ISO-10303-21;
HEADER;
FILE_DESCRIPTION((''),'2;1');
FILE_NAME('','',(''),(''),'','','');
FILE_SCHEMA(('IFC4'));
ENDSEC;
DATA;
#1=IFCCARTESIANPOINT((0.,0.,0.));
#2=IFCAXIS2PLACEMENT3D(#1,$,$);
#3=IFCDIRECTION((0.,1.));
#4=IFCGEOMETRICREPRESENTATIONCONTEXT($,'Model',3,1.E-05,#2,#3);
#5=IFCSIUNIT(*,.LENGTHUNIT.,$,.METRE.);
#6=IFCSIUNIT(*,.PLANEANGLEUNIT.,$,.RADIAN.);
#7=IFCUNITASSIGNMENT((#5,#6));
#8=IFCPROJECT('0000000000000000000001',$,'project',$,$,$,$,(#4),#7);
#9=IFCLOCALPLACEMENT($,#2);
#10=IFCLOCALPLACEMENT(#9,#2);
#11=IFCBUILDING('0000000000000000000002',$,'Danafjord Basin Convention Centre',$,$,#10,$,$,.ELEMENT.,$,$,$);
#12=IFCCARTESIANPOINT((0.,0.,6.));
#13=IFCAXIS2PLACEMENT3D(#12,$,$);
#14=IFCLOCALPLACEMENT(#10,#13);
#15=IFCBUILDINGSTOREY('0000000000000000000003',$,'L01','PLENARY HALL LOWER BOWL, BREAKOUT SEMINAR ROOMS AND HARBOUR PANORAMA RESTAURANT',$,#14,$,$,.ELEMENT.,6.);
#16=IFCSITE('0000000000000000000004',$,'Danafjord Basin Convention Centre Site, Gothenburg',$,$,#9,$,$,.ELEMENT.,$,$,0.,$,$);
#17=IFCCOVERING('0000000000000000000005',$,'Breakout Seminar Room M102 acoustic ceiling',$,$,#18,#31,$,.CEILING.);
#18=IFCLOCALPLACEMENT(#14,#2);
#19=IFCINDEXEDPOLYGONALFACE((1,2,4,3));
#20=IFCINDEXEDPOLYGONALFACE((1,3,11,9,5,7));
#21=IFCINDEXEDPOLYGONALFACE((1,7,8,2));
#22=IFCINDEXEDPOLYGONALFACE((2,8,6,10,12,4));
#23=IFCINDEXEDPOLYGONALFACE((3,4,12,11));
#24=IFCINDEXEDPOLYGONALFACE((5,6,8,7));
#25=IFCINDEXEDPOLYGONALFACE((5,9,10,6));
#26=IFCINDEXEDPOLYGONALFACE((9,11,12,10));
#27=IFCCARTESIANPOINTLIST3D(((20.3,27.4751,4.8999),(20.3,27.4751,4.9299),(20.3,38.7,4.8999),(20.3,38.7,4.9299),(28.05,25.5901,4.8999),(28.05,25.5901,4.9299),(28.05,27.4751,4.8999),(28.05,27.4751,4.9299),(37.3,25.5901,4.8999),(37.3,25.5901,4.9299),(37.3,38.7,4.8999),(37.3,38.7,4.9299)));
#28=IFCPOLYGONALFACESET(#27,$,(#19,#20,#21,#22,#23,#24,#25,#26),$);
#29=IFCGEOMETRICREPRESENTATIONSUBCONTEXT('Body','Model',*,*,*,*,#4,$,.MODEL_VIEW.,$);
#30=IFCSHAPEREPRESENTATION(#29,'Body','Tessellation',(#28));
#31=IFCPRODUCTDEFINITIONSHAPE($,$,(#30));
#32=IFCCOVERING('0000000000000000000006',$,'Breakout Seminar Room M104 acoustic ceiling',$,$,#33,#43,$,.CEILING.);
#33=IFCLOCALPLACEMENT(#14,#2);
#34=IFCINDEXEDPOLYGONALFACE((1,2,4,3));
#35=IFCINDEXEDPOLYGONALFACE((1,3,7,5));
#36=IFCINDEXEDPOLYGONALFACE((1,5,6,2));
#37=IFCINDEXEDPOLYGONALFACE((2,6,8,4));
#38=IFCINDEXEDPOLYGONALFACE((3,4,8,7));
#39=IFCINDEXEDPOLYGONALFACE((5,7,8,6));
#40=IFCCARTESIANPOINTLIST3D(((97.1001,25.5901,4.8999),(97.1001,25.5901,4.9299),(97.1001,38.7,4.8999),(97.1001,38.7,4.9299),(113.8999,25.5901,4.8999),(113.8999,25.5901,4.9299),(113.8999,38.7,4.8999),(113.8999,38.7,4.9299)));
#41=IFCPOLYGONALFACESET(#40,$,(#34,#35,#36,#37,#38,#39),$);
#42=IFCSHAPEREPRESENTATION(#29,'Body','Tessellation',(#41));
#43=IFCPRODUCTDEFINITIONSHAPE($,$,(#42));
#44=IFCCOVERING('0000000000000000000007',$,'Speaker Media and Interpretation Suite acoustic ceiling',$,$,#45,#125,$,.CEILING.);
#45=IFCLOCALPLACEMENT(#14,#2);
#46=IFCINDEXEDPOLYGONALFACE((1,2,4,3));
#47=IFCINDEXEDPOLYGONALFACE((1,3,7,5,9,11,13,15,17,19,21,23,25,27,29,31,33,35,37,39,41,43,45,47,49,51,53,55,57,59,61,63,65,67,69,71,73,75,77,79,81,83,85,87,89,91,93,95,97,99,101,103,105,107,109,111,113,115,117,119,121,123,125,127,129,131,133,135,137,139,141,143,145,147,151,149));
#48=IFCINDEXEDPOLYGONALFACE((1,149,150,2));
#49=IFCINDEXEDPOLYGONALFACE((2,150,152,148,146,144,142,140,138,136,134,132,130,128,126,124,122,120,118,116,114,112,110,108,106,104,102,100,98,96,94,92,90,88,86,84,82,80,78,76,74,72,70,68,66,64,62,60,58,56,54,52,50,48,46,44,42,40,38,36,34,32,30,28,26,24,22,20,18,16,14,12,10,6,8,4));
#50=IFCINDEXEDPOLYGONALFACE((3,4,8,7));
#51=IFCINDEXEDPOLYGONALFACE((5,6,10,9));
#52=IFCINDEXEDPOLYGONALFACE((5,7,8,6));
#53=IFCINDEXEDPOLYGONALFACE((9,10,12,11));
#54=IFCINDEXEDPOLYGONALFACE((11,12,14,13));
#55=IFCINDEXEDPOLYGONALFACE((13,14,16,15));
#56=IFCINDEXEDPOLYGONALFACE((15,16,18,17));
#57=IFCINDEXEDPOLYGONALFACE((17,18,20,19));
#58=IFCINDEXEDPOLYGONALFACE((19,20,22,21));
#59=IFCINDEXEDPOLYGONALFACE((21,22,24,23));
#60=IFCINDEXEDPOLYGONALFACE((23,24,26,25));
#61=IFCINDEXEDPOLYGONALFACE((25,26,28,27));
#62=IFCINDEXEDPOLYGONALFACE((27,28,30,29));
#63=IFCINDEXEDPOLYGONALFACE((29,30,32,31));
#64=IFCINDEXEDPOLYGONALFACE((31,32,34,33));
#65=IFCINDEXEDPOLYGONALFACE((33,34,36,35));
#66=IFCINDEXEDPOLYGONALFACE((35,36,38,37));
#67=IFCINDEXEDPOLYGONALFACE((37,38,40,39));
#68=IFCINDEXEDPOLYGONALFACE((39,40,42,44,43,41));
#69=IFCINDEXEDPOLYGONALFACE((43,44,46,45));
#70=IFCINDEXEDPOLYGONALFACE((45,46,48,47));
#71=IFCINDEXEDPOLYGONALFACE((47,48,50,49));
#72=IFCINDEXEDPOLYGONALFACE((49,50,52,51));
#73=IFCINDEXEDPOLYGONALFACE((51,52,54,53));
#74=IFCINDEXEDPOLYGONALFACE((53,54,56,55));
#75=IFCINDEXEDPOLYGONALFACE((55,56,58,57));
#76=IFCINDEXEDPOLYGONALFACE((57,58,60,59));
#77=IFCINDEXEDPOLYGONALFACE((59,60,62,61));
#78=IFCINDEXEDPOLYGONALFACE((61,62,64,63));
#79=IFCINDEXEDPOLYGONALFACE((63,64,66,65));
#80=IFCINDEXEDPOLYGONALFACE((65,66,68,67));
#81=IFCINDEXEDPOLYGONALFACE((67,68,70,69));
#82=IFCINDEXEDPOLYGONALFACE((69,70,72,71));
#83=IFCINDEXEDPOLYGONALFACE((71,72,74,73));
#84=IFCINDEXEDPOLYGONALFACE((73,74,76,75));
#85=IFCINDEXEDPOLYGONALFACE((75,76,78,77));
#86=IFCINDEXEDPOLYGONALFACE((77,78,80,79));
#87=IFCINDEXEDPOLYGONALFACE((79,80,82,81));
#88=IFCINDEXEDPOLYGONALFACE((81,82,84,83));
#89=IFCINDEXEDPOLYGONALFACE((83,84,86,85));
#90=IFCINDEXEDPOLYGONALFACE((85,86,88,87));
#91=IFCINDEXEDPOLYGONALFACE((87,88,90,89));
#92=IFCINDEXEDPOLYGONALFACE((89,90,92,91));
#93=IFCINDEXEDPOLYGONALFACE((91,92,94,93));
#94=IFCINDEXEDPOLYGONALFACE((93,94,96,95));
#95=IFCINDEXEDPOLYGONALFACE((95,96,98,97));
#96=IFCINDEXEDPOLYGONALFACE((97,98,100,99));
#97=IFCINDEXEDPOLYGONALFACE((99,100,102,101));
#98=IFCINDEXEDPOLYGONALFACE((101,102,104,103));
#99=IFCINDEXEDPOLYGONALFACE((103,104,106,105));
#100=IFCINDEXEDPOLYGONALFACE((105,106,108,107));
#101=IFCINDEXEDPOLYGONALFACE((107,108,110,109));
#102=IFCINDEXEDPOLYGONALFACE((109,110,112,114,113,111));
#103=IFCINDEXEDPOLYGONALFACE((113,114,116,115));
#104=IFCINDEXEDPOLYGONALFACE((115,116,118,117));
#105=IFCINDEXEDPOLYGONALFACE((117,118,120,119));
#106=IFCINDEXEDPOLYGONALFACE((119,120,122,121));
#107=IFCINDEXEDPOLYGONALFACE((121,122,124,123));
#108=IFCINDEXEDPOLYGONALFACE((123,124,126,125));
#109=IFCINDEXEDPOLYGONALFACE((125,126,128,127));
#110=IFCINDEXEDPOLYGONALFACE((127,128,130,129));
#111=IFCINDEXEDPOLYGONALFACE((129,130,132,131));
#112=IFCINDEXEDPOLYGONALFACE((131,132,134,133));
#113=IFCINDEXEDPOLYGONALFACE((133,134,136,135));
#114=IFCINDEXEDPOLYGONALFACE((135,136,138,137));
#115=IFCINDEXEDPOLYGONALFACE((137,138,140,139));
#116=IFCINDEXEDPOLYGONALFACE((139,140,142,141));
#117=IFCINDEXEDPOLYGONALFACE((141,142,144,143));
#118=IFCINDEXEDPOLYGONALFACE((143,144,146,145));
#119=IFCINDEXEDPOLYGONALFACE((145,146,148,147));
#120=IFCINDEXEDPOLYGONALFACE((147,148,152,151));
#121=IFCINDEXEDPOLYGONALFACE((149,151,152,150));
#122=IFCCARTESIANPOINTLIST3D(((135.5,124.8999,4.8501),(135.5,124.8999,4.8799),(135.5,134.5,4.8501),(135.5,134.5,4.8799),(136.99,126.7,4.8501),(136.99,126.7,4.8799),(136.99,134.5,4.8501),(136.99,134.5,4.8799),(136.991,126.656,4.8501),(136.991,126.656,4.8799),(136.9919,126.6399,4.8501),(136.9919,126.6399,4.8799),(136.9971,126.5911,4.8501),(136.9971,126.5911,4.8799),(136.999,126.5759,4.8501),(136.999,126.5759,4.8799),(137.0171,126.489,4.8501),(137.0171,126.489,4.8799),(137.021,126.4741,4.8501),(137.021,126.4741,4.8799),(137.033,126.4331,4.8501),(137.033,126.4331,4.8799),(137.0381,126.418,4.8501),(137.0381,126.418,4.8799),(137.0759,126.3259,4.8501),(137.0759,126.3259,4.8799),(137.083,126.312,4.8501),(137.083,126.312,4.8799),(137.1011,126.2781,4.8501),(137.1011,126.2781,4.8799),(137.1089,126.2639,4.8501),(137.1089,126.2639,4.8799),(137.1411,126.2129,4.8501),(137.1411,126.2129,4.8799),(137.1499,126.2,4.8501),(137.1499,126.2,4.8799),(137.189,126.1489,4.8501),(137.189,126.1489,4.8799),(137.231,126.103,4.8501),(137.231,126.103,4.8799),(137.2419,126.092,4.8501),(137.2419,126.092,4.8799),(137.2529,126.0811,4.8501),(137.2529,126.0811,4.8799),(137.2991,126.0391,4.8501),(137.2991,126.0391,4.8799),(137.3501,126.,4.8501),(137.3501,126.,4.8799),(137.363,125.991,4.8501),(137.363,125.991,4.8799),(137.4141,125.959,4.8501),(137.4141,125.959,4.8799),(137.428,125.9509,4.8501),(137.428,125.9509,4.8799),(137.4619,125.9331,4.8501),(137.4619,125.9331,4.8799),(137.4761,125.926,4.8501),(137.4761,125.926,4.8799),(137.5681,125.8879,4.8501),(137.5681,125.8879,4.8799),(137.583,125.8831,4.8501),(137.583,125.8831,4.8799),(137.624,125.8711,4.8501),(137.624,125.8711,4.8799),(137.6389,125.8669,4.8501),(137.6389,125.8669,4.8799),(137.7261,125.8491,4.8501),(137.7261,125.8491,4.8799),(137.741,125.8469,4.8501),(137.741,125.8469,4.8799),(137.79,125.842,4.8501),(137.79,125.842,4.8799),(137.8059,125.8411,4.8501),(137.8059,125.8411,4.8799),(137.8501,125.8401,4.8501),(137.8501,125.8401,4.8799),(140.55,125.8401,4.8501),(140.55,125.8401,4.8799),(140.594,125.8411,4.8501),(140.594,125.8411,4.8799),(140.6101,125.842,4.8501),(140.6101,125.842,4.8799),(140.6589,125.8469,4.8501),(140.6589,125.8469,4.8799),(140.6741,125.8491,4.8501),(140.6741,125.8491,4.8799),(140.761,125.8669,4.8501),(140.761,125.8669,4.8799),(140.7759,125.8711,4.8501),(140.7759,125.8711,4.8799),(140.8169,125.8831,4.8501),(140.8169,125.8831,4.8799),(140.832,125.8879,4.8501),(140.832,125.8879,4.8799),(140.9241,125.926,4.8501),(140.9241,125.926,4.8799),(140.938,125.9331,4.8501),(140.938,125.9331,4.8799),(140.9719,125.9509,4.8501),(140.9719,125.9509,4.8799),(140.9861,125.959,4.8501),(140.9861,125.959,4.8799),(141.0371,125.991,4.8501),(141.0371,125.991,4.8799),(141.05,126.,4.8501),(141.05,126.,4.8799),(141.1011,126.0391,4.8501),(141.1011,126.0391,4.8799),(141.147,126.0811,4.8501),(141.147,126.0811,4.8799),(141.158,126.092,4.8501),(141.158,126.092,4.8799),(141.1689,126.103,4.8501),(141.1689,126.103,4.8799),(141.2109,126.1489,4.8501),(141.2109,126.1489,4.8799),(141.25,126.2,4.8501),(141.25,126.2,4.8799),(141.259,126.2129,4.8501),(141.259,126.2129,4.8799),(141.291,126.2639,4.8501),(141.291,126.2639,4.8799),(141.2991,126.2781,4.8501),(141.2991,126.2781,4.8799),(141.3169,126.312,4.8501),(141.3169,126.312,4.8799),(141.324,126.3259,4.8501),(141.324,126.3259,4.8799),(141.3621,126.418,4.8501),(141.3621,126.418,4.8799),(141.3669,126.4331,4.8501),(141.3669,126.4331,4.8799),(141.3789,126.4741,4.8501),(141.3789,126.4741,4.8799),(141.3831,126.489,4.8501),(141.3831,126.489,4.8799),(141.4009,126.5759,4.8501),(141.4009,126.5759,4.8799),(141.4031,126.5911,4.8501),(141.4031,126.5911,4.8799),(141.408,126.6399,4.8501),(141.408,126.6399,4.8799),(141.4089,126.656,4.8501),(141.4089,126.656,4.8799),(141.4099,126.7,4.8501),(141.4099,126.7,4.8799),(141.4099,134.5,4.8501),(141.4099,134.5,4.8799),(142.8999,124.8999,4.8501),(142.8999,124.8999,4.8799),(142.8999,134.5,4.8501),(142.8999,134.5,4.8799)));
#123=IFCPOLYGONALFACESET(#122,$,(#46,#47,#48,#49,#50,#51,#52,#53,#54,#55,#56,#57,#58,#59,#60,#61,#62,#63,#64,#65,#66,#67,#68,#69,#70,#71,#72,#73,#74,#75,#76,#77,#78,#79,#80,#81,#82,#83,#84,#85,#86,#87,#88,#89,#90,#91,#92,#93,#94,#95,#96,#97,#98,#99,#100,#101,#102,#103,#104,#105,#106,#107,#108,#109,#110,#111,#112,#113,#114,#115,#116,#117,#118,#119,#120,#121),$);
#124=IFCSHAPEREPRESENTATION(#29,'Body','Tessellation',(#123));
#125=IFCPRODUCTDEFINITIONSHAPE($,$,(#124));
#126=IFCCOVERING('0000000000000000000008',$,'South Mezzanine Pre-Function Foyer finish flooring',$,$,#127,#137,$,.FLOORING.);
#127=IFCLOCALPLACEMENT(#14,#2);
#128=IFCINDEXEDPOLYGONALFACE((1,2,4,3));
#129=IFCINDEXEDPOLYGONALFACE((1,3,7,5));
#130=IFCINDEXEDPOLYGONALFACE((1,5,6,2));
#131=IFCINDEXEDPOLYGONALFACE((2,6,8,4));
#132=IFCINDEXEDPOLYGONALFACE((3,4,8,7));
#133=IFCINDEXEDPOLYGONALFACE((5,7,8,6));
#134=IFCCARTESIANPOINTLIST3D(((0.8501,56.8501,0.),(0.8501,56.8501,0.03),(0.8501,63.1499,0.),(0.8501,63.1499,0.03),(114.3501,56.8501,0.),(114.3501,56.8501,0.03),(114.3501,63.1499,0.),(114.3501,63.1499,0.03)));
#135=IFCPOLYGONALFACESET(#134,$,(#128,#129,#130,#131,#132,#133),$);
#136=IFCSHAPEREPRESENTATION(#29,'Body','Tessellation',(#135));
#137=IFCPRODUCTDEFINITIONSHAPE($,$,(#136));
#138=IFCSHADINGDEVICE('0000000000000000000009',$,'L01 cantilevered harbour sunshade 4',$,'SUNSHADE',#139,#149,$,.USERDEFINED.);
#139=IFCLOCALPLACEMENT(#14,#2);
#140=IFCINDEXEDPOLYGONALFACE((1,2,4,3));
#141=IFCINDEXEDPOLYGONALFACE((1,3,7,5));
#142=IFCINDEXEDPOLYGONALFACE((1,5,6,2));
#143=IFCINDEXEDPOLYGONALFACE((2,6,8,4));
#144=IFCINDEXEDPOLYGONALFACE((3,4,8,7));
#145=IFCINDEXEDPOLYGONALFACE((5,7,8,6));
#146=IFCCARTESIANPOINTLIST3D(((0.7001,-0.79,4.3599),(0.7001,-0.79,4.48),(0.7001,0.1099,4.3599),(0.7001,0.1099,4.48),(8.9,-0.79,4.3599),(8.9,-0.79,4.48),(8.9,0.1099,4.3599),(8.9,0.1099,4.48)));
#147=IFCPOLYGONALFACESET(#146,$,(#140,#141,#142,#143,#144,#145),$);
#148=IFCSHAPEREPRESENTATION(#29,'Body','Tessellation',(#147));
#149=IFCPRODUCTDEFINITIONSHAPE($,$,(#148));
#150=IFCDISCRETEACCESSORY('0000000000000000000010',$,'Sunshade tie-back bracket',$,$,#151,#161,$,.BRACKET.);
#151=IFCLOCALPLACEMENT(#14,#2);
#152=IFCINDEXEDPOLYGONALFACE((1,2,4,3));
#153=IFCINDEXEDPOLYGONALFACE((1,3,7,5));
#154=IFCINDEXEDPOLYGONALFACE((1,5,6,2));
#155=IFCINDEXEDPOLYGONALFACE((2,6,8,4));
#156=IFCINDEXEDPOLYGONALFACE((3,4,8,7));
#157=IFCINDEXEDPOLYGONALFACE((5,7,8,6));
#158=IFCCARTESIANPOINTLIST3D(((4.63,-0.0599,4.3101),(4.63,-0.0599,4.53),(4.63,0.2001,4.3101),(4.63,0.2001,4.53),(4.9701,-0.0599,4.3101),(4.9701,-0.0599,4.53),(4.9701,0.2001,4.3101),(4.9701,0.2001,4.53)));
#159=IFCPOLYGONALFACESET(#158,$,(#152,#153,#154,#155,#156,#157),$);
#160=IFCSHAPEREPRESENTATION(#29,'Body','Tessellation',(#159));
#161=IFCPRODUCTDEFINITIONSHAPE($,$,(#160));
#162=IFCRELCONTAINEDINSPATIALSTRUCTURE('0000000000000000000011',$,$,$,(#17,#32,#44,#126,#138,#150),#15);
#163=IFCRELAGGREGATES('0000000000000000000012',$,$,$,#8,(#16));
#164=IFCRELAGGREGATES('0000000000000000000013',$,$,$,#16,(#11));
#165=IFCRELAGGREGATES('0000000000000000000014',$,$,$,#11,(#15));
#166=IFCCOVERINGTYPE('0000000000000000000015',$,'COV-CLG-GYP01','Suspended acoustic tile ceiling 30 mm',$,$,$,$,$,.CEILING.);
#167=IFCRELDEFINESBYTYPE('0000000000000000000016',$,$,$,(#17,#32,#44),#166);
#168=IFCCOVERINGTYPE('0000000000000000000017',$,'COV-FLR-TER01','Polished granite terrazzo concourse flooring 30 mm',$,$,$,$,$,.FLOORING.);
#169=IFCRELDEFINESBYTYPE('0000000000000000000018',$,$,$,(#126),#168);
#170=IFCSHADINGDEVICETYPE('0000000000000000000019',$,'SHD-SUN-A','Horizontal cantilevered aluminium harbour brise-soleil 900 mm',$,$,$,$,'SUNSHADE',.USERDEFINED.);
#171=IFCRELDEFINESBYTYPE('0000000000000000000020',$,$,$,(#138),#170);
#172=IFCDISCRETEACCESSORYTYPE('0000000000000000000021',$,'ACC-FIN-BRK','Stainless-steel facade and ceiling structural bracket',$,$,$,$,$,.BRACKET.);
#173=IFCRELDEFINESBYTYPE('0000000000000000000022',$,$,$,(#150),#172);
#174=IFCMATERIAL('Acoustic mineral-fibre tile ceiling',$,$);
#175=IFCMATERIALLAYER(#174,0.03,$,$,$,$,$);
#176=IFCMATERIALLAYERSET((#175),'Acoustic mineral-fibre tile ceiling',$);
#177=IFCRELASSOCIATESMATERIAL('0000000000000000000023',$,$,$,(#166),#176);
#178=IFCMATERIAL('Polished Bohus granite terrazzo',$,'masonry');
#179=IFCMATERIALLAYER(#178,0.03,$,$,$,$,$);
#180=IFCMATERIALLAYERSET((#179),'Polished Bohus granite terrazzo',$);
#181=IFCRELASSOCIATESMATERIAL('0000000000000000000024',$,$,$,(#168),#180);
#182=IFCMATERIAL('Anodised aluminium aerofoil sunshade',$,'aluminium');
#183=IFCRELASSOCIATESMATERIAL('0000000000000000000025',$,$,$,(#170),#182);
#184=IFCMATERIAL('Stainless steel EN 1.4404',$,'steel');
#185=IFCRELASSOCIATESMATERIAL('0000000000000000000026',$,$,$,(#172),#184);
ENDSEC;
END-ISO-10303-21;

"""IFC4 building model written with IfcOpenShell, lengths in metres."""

from ifc_helpers import new_model, si_unit, direction, frame, origin, origin_2d, place, context, subcontext, project, spatial, polyline, rectangle, outline, extrude, material, layer, layer_set, type_object, element, save


model = new_model("IFC4")

# Units and contexts
model_context = context("Model", 3, precision=1e-05, world=origin(), true_north=direction((0.0, 1.0)))
body_context = subcontext(model_context, "Body", "Model", "MODEL_VIEW")
ifc_project = project(units=[si_unit("LENGTHUNIT", "METRE"), si_unit("PLANEANGLEUNIT", "RADIAN")], contexts=[model_context])

# Site, building, storey
site_placement = place(None, origin())
site = spatial("IfcSite", under=ifc_project, at=site_placement, Name="Danafjord Basin Convention Centre Site, Gothenburg", CompositionType="ELEMENT", RefElevation=0.0)
building_placement = place(site_placement, origin())
building = spatial("IfcBuilding", under=site, at=building_placement, Name="Danafjord Basin Convention Centre", CompositionType="ELEMENT")
storey_placement = place(building_placement, frame((0.0, 0.0, 6.0)))
storey = spatial("IfcBuildingStorey", under=building, at=storey_placement, Name="L01", Description="PLENARY HALL LOWER BOWL, BREAKOUT SEMINAR ROOMS AND HARBOUR PANORAMA RESTAURANT", CompositionType="ELEMENT", Elevation=6.0)

# Coverings
ifc_material_1 = material(Name="Acoustic mineral-fibre tile ceiling")
ifc_layer_1 = layer(ifc_material_1, 0.03)
ifc_layer_set_1 = layer_set([ifc_layer_1], Name="Acoustic mineral-fibre tile ceiling")
covering_type_1 = type_object("IfcCoveringType", Name="COV-CLG-GYP01", Description="Suspended acoustic tile ceiling 30 mm", PredefinedType="CEILING", material=ifc_layer_set_1)
covering_1_placement = place(storey_placement, frame((0.0, 0.0, 4.8999)))
element("IfcCovering", 1, at=covering_1_placement, inside=storey, type_object=covering_type_1, Name="Breakout Seminar Room M102 acoustic ceiling", PredefinedType="CEILING", context=body_context, shape_type="SweptSolid", body=[
    extrude(outline(polyline([(37.3, 38.7), (37.3, 25.5901), (28.05, 25.5901), (28.05, 27.4751), (20.3, 27.4751), (20.3, 38.7), (37.3, 38.7)])), origin(), (0.0, 0.0, 1.0), 0.03),
])
covering_2_placement = place(storey_placement, frame((0.0, 0.0, 4.8999)))
element("IfcCovering", 2, at=covering_2_placement, inside=storey, type_object=covering_type_1, Name="Breakout Seminar Room M104 acoustic ceiling", PredefinedType="CEILING", context=body_context, shape_type="SweptSolid", body=[
    extrude(outline(polyline([(113.8999, 38.7), (113.8999, 25.5901), (97.1001, 25.5901), (97.1001, 38.7), (113.8999, 38.7)])), origin(), (0.0, 0.0, 1.0), 0.03),
])
covering_3_placement = place(storey_placement, frame((0.0, 0.0, 4.8501)))
element("IfcCovering", 3, at=covering_3_placement, inside=storey, type_object=covering_type_1, Name="Speaker Media and Interpretation Suite acoustic ceiling", PredefinedType="CEILING", context=body_context, shape_type="SweptSolid", body=[
    extrude(outline(polyline([(136.99, 134.5), (136.99, 126.7), (136.991, 126.656), (136.9919, 126.6399), (136.9971, 126.5911), (136.999, 126.5759), (137.0171, 126.489), (137.021, 126.4741), (137.033, 126.4331), (137.0381, 126.418), (137.0759, 126.3259), (137.083, 126.312), (137.1011, 126.2781), (137.1089, 126.2639), (137.1411, 126.2129), (137.1499, 126.2), (137.189, 126.1489), (137.231, 126.103), (137.2419, 126.092), (137.2529, 126.0811), (137.2991, 126.0391), (137.3501, 126.0), (137.363, 125.991), (137.4141, 125.959), (137.428, 125.9509), (137.4619, 125.9331), (137.4761, 125.926), (137.5681, 125.8879), (137.583, 125.8831), (137.624, 125.8711), (137.6389, 125.8669), (137.7261, 125.8491), (137.741, 125.8469), (137.79, 125.842), (137.8059, 125.8411), (137.8501, 125.8401), (140.55, 125.8401), (140.594, 125.8411), (140.6101, 125.842), (140.6589, 125.8469), (140.6741, 125.8491), (140.761, 125.8669), (140.7759, 125.8711), (140.8169, 125.8831), (140.832, 125.8879), (140.9241, 125.926), (140.938, 125.9331), (140.9719, 125.9509), (140.9861, 125.959), (141.0371, 125.991), (141.05, 126.0), (141.1011, 126.0391), (141.147, 126.0811), (141.158, 126.092), (141.1689, 126.103), (141.2109, 126.1489), (141.25, 126.2), (141.259, 126.2129), (141.291, 126.2639), (141.2991, 126.2781), (141.3169, 126.312), (141.324, 126.3259), (141.3621, 126.418), (141.3669, 126.4331), (141.3789, 126.4741), (141.3831, 126.489), (141.4009, 126.5759), (141.4031, 126.5911), (141.408, 126.6399), (141.4089, 126.656), (141.4099, 126.7), (141.4099, 134.5), (142.8999, 134.5), (142.8999, 124.8999), (135.5, 124.8999), (135.5, 134.5), (136.99, 134.5)])), origin(), (0.0, 0.0, 1.0), 0.0298),
])
ifc_material_2 = material(Name="Polished Bohus granite terrazzo", Category="masonry")
ifc_layer_2 = layer(ifc_material_2, 0.03)
ifc_layer_set_2 = layer_set([ifc_layer_2], Name="Polished Bohus granite terrazzo")
covering_type_2 = type_object("IfcCoveringType", Name="COV-FLR-TER01", Description="Polished granite terrazzo concourse flooring 30 mm", PredefinedType="FLOORING", material=ifc_layer_set_2)
covering_4_placement = place(storey_placement, origin())
element("IfcCovering", 4, at=covering_4_placement, inside=storey, type_object=covering_type_2, Name="South Mezzanine Pre-Function Foyer finish flooring", PredefinedType="FLOORING", context=body_context, shape_type="SweptSolid", body=[
    extrude(outline(polyline([(114.3501, 63.1499), (114.3501, 56.8501), (0.8501, 56.8501), (0.8501, 63.1499), (114.3501, 63.1499)])), origin(), (0.0, 0.0, 1.0), 0.03),
])

# Shading device
ifc_material_3 = material(Name="Anodised aluminium aerofoil sunshade", Category="aluminium")
shading_device_type = type_object("IfcShadingDeviceType", Name="SHD-SUN-A", Description="Horizontal cantilevered aluminium harbour brise-soleil 900 mm", ElementType="SUNSHADE", PredefinedType="USERDEFINED", material=ifc_material_3)
shading_device_placement = place(storey_placement, frame((4.8, -0.3401, 4.3599), z_axis=(0.0, 0.0, 1.0), x_axis=(1.0, 0.0, 0.0)))
element("IfcShadingDevice", 5, at=shading_device_placement, inside=storey, type_object=shading_device_type, Name="L01 cantilevered harbour sunshade 4", ObjectType="SUNSHADE", PredefinedType="USERDEFINED", context=body_context, shape_type="SweptSolid", body=[
    extrude(rectangle(XDim=8.2, YDim=0.8999, at=origin_2d()), origin(), (0.0, 0.0, 1.0), 0.1201),
])

# Discrete accessory
ifc_material_4 = material(Name="Stainless steel EN 1.4404", Category="steel")
discrete_accessory_type = type_object("IfcDiscreteAccessoryType", Name="ACC-FIN-BRK", Description="Stainless-steel facade and ceiling structural bracket", PredefinedType="BRACKET", material=ifc_material_4)
discrete_accessory_placement = place(storey_placement, frame((4.8, 0.0701, 4.3101), z_axis=(0.0, 0.0, 1.0), x_axis=(1.0, 0.0, 0.0)))
element("IfcDiscreteAccessory", 6, at=discrete_accessory_placement, inside=storey, type_object=discrete_accessory_type, Name="Sunshade tie-back bracket", PredefinedType="BRACKET", context=body_context, shape_type="SweptSolid", body=[
    extrude(rectangle(XDim=0.3401, YDim=0.26, at=origin_2d()), origin(), (0.0, 0.0, 1.0), 0.22),
])

save(model, "model.ifc")
